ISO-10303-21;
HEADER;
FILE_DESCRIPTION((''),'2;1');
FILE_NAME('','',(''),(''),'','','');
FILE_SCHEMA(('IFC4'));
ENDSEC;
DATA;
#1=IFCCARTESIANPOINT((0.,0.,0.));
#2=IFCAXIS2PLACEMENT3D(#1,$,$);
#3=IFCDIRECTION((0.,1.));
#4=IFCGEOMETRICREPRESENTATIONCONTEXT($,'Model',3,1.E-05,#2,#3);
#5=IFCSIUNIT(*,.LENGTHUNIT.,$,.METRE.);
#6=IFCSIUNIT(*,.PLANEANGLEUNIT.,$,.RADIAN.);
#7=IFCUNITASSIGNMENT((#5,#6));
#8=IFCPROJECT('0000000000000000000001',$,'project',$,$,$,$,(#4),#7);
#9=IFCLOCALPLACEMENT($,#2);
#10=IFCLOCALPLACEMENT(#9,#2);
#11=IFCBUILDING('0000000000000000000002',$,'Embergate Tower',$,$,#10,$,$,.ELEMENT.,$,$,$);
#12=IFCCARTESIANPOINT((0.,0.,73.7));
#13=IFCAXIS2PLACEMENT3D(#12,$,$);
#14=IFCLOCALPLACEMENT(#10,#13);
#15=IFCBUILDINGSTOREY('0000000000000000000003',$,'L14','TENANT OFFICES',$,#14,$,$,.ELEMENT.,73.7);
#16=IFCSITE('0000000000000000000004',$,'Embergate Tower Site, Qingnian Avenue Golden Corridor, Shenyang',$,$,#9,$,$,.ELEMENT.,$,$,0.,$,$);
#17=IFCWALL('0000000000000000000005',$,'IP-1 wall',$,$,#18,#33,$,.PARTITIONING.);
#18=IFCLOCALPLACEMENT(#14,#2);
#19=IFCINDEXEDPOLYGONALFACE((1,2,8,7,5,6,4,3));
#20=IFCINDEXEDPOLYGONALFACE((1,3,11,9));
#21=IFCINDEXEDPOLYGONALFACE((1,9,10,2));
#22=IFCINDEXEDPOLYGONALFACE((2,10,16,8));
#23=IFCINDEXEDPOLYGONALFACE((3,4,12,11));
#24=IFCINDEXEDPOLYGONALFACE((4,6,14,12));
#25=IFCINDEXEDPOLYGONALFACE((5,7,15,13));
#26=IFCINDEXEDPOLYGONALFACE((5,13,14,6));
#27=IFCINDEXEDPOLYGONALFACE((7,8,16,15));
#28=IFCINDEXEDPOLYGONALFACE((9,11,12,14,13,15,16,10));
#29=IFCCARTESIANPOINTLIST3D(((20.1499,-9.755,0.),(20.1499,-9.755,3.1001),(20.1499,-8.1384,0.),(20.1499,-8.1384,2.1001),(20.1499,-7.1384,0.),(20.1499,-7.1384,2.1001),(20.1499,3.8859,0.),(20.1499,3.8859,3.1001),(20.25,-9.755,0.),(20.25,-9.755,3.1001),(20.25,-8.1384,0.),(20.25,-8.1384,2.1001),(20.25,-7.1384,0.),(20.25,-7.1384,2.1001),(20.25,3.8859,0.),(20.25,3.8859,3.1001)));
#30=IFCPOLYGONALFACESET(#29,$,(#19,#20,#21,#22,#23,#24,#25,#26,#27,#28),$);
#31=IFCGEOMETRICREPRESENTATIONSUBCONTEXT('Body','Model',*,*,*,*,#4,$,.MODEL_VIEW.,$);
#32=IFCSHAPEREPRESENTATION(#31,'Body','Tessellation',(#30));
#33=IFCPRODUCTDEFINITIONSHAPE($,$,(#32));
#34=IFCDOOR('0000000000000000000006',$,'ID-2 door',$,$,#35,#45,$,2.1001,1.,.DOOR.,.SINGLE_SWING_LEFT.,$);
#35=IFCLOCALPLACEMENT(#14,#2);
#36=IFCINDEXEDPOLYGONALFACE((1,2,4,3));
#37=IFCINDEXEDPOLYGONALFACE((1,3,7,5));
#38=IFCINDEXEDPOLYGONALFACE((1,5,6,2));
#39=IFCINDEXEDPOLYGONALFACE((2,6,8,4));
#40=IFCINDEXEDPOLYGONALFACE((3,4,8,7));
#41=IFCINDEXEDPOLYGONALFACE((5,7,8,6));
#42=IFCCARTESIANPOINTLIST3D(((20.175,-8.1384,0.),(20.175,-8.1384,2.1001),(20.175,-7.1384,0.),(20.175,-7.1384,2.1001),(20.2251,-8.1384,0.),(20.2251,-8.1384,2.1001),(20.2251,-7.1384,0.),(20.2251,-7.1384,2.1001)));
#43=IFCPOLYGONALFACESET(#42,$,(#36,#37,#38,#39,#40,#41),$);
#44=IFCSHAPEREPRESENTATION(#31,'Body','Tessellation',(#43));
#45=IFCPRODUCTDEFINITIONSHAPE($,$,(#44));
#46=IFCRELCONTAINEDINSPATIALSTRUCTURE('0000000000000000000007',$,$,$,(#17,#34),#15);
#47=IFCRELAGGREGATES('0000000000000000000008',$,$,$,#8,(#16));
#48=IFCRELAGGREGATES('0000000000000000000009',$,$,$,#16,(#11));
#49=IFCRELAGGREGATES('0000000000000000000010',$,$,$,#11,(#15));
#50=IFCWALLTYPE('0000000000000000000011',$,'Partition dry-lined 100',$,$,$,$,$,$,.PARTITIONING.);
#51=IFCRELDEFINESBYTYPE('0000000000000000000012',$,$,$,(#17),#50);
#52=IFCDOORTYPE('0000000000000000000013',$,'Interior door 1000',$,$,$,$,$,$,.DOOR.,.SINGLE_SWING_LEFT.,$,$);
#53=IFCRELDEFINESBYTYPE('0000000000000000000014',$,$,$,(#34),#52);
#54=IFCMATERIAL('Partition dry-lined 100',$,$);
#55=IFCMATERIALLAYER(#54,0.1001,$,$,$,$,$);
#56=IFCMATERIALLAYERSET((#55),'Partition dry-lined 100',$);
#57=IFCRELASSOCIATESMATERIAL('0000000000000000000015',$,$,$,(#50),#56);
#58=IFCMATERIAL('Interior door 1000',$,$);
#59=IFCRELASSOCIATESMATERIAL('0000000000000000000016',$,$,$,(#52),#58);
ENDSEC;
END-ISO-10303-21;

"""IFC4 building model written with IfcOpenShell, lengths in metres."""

from ifc_helpers import new_model, si_unit, direction, frame, frame_2d, origin, place, context, subcontext, project, spatial, rectangle, extrude, source, transform, mapped, material, layer, layer_set, type_object, element, fill, save


model = new_model("IFC4")

# Units and contexts
model_context = context("Model", 3, precision=1e-05, world=origin(), true_north=direction((0.0, 1.0)))
body_context = subcontext(model_context, "Body", "Model", "MODEL_VIEW")
ifc_project = project(units=[si_unit("LENGTHUNIT", "METRE"), si_unit("PLANEANGLEUNIT", "RADIAN")], contexts=[model_context])

# Site, building, storey
site_placement = place(None, origin())
site = spatial("IfcSite", under=ifc_project, at=site_placement, Name="Embergate Tower Site, Qingnian Avenue Golden Corridor, Shenyang", CompositionType="ELEMENT", RefElevation=0.0)
building_placement = place(site_placement, origin())
building = spatial("IfcBuilding", under=site, at=building_placement, Name="Embergate Tower", CompositionType="ELEMENT")
storey_placement = place(building_placement, frame((0.0, 0.0, 73.7)))
storey = spatial("IfcBuildingStorey", under=building, at=storey_placement, Name="L14", Description="TENANT OFFICES", CompositionType="ELEMENT", Elevation=73.7)

# Shared definitions
ifc_material_1 = material(Name="Partition dry-lined 100")
ifc_layer_1 = layer(ifc_material_1, 0.1001)
ifc_layer_set_1 = layer_set([ifc_layer_1], Name="Partition dry-lined 100")
wall_type = type_object("IfcWallType", Name="Partition dry-lined 100", PredefinedType="PARTITIONING", material=ifc_layer_set_1)

# Wall, opening, door
shared_shape_1 = source(origin(), body_context, "Body", "SweptSolid", [
    extrude(rectangle(XDim=1.0, YDim=2.1001, at=frame_2d((0.5, 1.05))), frame((0.0, 0.0601, 0.0), z_axis=(0.0, -1.0, 0.0), x_axis=(1.0, 0.0, 0.0)), (0.0, 0.0, 1.0), 0.1201),
])
ifc_material_2 = material(Name="Interior door 1000")
door_type = type_object("IfcDoorType", Name="Interior door 1000", OperationType="SINGLE_SWING_LEFT", PredefinedType="DOOR", material=ifc_material_2)
shared_shape_2 = source(origin(), body_context, "Body", "SweptSolid", [
    extrude(rectangle(XDim=1.0, YDim=2.1001, at=frame_2d((0.5, 1.05))), frame((0.0, 0.0249, 0.0), z_axis=(0.0, -1.0, 0.0), x_axis=(1.0, 0.0, 0.0)), (0.0, 0.0, 1.0), 0.05),
])
shared_shape_3 = source(origin(), body_context, "Body", "SweptSolid", [
    extrude(rectangle(XDim=13.6409, YDim=0.1001, at=frame_2d((6.8203, 0.0))), origin(), (0.0, 0.0, 1.0), 3.1001),
])
wall_1_placement = place(storey_placement, frame((20.2, -9.7549, 0.0), z_axis=(0.0, 0.0, 1.0), x_axis=(0.0, 1.0, 0.0)))
wall_1 = element("IfcWall", 1, at=wall_1_placement, inside=storey, type_object=wall_type, Name="IP-1 wall", PredefinedType="PARTITIONING", context=body_context, shape_type="MappedRepresentation", body=[
    mapped(shared_shape_3, transform((0.0, 0.0, 0.0))),
])
opening_1_placement = place(wall_1_placement, frame((1.6165, 0.0, 0.0)))
opening_1 = element("IfcOpeningElement", 2, at=opening_1_placement, cuts=wall_1, PredefinedType="OPENING", context=body_context, shape_type="MappedRepresentation", body=[
    mapped(shared_shape_1, transform((0.0, 0.0, 0.0))),
])
door_1_placement = place(opening_1_placement, origin())
door_1 = element("IfcDoor", 3, at=door_1_placement, inside=storey, type_object=door_type, Name="ID-2 door", OperationType="SINGLE_SWING_LEFT", OverallHeight=2.1001, OverallWidth=1.0, PredefinedType="DOOR", context=body_context, shape_type="MappedRepresentation", body=[
    mapped(shared_shape_2, transform((0.0, 0.0, 0.0))),
])
fill(opening_1, door_1)

save(model, "model.ifc")
